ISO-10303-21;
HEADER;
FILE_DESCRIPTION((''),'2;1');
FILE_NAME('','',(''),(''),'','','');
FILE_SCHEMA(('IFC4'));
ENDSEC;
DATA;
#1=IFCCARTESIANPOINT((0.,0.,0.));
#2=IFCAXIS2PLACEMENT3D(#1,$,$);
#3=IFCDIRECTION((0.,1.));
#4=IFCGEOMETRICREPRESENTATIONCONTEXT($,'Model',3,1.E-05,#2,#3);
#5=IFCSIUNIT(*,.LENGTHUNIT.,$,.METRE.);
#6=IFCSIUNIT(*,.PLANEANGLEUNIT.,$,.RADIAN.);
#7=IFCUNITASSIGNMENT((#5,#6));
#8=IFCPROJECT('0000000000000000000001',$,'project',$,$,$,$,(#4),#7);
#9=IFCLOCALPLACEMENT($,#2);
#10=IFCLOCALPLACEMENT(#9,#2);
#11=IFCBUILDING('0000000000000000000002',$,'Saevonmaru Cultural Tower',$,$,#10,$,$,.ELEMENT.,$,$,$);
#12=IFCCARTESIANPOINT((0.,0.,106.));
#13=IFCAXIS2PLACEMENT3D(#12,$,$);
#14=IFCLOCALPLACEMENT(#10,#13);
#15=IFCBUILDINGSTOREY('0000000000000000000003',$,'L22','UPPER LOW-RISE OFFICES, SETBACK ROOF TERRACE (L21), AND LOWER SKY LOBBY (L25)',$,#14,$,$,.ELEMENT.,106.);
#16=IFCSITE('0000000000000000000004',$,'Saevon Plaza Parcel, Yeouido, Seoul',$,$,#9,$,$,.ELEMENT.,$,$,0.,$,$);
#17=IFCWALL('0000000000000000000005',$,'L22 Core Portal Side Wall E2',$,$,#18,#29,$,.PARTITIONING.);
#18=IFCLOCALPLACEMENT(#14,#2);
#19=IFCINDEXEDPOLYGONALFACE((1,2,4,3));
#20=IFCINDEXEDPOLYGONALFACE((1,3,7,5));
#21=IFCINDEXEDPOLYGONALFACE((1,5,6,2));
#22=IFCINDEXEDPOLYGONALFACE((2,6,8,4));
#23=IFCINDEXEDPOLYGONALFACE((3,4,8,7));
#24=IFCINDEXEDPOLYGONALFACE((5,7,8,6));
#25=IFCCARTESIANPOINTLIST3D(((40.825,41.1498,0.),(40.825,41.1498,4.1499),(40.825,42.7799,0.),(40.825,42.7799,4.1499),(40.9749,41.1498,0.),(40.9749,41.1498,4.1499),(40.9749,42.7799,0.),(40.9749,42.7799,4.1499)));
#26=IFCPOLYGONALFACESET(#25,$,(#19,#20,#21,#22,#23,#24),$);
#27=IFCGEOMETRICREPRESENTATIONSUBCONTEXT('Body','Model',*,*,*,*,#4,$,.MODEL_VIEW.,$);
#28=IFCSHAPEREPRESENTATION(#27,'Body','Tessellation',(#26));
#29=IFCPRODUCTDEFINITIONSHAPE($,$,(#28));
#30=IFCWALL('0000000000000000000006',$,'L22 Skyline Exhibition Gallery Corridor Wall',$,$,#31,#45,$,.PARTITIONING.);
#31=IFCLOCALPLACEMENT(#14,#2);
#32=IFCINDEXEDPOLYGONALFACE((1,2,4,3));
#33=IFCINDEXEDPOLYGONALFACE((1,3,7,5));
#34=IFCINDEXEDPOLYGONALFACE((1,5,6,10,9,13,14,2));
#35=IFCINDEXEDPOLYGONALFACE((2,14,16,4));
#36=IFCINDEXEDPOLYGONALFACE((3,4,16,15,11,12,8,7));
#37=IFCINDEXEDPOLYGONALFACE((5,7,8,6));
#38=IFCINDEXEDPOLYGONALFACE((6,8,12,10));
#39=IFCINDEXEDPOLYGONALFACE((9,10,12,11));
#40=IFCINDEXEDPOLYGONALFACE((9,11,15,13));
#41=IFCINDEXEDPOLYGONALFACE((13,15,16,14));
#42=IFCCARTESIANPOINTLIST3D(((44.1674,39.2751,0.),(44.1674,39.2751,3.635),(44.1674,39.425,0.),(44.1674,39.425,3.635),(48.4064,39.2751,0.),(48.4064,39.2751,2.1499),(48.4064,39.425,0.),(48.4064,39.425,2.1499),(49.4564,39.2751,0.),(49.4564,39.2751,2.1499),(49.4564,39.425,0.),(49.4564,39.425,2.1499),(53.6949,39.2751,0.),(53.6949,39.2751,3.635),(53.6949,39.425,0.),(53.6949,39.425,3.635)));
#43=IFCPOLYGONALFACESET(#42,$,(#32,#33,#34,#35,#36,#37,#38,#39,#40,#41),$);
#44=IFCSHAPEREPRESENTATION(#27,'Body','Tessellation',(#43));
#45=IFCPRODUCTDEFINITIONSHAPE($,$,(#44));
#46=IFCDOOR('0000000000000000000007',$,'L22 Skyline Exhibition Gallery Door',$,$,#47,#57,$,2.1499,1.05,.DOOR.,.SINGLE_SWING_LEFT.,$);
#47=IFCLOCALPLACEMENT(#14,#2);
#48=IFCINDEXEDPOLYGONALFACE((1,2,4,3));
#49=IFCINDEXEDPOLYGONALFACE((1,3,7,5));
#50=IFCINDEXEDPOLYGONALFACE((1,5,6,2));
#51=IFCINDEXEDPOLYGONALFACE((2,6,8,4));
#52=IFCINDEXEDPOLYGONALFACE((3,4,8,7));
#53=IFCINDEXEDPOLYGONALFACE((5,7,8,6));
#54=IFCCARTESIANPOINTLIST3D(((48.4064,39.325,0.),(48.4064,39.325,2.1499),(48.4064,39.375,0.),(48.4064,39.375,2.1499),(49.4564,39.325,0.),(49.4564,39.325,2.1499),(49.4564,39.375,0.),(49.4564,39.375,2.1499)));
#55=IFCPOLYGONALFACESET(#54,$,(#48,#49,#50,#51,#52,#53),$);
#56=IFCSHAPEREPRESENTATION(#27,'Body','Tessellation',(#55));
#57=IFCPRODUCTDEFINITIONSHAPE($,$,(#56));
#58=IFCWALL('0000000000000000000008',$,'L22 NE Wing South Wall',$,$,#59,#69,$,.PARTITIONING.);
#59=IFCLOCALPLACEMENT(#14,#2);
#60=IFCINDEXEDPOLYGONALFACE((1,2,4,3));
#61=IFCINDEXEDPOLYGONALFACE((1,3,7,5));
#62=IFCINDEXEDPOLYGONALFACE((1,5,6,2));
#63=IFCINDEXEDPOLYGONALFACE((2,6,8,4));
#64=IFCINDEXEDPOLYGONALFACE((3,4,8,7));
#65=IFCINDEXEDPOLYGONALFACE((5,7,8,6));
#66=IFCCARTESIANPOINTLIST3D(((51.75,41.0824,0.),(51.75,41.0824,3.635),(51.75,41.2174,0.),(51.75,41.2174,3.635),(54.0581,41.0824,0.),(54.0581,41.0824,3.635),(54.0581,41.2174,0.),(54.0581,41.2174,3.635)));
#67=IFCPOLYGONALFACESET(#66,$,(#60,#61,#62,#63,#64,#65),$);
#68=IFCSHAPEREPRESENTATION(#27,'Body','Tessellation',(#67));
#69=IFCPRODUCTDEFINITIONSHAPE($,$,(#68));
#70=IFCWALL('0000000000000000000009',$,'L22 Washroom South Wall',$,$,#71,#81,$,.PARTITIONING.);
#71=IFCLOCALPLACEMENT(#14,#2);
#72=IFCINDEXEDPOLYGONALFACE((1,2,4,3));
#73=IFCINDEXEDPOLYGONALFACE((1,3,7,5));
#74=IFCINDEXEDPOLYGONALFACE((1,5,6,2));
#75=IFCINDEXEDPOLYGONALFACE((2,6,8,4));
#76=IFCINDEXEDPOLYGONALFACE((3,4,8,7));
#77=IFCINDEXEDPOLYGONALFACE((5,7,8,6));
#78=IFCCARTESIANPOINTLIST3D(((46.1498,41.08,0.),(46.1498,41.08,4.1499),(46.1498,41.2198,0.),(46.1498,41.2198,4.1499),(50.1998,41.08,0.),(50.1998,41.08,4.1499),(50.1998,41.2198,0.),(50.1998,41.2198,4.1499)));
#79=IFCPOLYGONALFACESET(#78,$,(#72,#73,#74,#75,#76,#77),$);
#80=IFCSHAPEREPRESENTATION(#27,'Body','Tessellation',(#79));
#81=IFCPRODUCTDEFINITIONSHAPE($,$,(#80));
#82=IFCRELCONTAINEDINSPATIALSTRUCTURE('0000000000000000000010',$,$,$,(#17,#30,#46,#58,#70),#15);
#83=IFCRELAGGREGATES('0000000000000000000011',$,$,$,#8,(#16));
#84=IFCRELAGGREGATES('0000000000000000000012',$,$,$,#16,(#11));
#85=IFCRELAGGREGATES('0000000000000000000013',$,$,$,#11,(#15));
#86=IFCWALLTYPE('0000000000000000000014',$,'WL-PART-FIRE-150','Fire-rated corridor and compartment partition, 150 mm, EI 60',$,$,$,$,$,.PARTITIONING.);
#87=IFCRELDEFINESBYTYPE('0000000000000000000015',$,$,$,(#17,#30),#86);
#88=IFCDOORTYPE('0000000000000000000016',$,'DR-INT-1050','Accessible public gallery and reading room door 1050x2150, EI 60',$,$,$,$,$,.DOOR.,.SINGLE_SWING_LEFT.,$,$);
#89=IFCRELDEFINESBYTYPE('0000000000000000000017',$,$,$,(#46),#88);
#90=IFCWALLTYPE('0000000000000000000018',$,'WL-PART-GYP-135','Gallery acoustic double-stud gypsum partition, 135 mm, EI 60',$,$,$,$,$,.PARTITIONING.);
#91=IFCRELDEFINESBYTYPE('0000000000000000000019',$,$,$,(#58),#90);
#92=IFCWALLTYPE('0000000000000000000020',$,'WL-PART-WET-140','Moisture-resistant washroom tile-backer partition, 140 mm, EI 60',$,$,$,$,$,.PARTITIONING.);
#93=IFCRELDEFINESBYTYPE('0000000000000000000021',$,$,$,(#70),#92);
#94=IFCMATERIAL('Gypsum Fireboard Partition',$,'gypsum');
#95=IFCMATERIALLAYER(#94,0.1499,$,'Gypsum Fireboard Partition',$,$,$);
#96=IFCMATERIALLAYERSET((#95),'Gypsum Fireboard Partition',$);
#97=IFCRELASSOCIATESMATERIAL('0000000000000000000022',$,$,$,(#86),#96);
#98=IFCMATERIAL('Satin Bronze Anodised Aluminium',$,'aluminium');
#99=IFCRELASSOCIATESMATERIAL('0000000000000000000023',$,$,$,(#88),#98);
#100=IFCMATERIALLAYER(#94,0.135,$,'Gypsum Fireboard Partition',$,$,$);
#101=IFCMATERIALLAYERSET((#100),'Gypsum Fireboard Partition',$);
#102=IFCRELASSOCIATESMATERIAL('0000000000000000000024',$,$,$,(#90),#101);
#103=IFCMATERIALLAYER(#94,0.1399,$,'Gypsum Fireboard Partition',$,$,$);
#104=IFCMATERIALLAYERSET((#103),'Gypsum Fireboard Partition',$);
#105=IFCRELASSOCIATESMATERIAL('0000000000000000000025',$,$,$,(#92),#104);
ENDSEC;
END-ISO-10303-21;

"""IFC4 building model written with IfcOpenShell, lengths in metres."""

from ifc_helpers import new_model, si_unit, direction, frame, frame_2d, origin, place, context, subcontext, project, spatial, rectangle, extrude, material, layer, layer_set, type_object, element, fill, save


model = new_model("IFC4")

# Units and contexts
model_context = context("Model", 3, precision=1e-05, world=origin(), true_north=direction((0.0, 1.0)))
body_context = subcontext(model_context, "Body", "Model", "MODEL_VIEW")
ifc_project = project(units=[si_unit("LENGTHUNIT", "METRE"), si_unit("PLANEANGLEUNIT", "RADIAN")], contexts=[model_context])

# Site, building, storey
site_placement = place(None, origin())
site = spatial("IfcSite", under=ifc_project, at=site_placement, Name="Saevon Plaza Parcel, Yeouido, Seoul", CompositionType="ELEMENT", RefElevation=0.0)
building_placement = place(site_placement, origin())
building = spatial("IfcBuilding", under=site, at=building_placement, Name="Saevonmaru Cultural Tower", CompositionType="ELEMENT")
storey_placement = place(building_placement, frame((0.0, 0.0, 106.0)))
storey = spatial("IfcBuildingStorey", under=building, at=storey_placement, Name="L22", Description="UPPER LOW-RISE OFFICES, SETBACK ROOF TERRACE (L21), AND LOWER SKY LOBBY (L25)", CompositionType="ELEMENT", Elevation=106.0)

# Shared definitions
ifc_material_1 = material(Name="Satin Bronze Anodised Aluminium", Category="aluminium")

# Wall
ifc_material_2 = material(Name="Gypsum Fireboard Partition", Category="gypsum")
ifc_layer_1 = layer(ifc_material_2, 0.1499, Name="Gypsum Fireboard Partition")
ifc_layer_set_1 = layer_set([ifc_layer_1], Name="Gypsum Fireboard Partition")
wall_type_1 = type_object("IfcWallType", Name="WL-PART-FIRE-150", Description="Fire-rated corridor and compartment partition, 150 mm, EI 60", PredefinedType="PARTITIONING", material=ifc_layer_set_1)
wall_1_placement = place(storey_placement, frame((40.8999, 41.1499, 0.0), z_axis=(0.0, 0.0, 1.0), x_axis=(0.0, 1.0, 0.0)))
element("IfcWall", 1, at=wall_1_placement, inside=storey, type_object=wall_type_1, Name="L22 Core Portal Side Wall E2", PredefinedType="PARTITIONING", context=body_context, shape_type="SweptSolid", body=[
    extrude(rectangle(XDim=1.6301, YDim=0.1499, at=frame_2d((0.8149, 0.0))), origin(), (0.0, 0.0, 1.0), 4.1499),
])

# Wall, opening, door
wall_2_placement = place(storey_placement, frame((44.1675, 39.3501, 0.0), z_axis=(0.0, 0.0, 1.0), x_axis=(1.0, 0.0, 0.0)))
wall_2 = element("IfcWall", 2, at=wall_2_placement, inside=storey, type_object=wall_type_1, Name="L22 Skyline Exhibition Gallery Corridor Wall", PredefinedType="PARTITIONING", context=body_context, shape_type="SweptSolid", body=[
    extrude(rectangle(XDim=9.5276, YDim=0.1499, at=frame_2d((4.7637, 0.0))), origin(), (0.0, 0.0, 1.0), 3.635),
])
opening_placement = place(wall_2_placement, frame((4.239, 0.0, 0.0)))
opening = element("IfcOpeningElement", 3, at=opening_placement, cuts=wall_2, PredefinedType="OPENING", context=body_context, shape_type="SweptSolid", body=[
    extrude(rectangle(XDim=1.05, YDim=2.1499, at=frame_2d((0.5249, 1.075))), frame((0.0, 0.085, 0.0), z_axis=(0.0, -1.0, 0.0), x_axis=(1.0, 0.0, 0.0)), (0.0, 0.0, 1.0), 0.1699),
])
door_type = type_object("IfcDoorType", Name="DR-INT-1050", Description="Accessible public gallery and reading room door 1050x2150, EI 60", OperationType="SINGLE_SWING_LEFT", PredefinedType="DOOR", material=ifc_material_1)
door_placement = place(opening_placement, origin())
door = element("IfcDoor", 4, at=door_placement, inside=storey, type_object=door_type, Name="L22 Skyline Exhibition Gallery Door", OperationType="SINGLE_SWING_LEFT", OverallHeight=2.1499, OverallWidth=1.05, PredefinedType="DOOR", context=body_context, shape_type="SweptSolid", body=[
    extrude(rectangle(XDim=1.05, YDim=2.1499, at=frame_2d((0.5249, 1.075))), frame((0.0, 0.0249, 0.0), z_axis=(0.0, -1.0, 0.0), x_axis=(1.0, 0.0, 0.0)), (0.0, 0.0, 1.0), 0.05),
])
fill(opening, door)

# Walls
ifc_layer_2 = layer(ifc_material_2, 0.135, Name="Gypsum Fireboard Partition")
ifc_layer_set_2 = layer_set([ifc_layer_2], Name="Gypsum Fireboard Partition")
wall_type_2 = type_object("IfcWallType", Name="WL-PART-GYP-135", Description="Gallery acoustic double-stud gypsum partition, 135 mm, EI 60", PredefinedType="PARTITIONING", material=ifc_layer_set_2)
wall_3_placement = place(storey_placement, frame((51.75, 41.1499, 0.0), z_axis=(0.0, 0.0, 1.0), x_axis=(1.0, 0.0, 0.0)))
element("IfcWall", 5, at=wall_3_placement, inside=storey, type_object=wall_type_2, Name="L22 NE Wing South Wall", PredefinedType="PARTITIONING", context=body_context, shape_type="SweptSolid", body=[
    extrude(rectangle(XDim=2.3081, YDim=0.135, at=frame_2d((1.1541, 0.0))), origin(), (0.0, 0.0, 1.0), 3.635),
])
ifc_layer_3 = layer(ifc_material_2, 0.1399, Name="Gypsum Fireboard Partition")
ifc_layer_set_3 = layer_set([ifc_layer_3], Name="Gypsum Fireboard Partition")
wall_type_3 = type_object("IfcWallType", Name="WL-PART-WET-140", Description="Moisture-resistant washroom tile-backer partition, 140 mm, EI 60", PredefinedType="PARTITIONING", material=ifc_layer_set_3)
wall_4_placement = place(storey_placement, frame((46.1499, 41.1499, 0.0), z_axis=(0.0, 0.0, 1.0), x_axis=(1.0, 0.0, 0.0)))
element("IfcWall", 6, at=wall_4_placement, inside=storey, type_object=wall_type_3, Name="L22 Washroom South Wall", PredefinedType="PARTITIONING", context=body_context, shape_type="SweptSolid", body=[
    extrude(rectangle(XDim=4.05, YDim=0.1399, at=frame_2d((2.0249, 0.0))), origin(), (0.0, 0.0, 1.0), 4.1499),
])

save(model, "model.ifc")
